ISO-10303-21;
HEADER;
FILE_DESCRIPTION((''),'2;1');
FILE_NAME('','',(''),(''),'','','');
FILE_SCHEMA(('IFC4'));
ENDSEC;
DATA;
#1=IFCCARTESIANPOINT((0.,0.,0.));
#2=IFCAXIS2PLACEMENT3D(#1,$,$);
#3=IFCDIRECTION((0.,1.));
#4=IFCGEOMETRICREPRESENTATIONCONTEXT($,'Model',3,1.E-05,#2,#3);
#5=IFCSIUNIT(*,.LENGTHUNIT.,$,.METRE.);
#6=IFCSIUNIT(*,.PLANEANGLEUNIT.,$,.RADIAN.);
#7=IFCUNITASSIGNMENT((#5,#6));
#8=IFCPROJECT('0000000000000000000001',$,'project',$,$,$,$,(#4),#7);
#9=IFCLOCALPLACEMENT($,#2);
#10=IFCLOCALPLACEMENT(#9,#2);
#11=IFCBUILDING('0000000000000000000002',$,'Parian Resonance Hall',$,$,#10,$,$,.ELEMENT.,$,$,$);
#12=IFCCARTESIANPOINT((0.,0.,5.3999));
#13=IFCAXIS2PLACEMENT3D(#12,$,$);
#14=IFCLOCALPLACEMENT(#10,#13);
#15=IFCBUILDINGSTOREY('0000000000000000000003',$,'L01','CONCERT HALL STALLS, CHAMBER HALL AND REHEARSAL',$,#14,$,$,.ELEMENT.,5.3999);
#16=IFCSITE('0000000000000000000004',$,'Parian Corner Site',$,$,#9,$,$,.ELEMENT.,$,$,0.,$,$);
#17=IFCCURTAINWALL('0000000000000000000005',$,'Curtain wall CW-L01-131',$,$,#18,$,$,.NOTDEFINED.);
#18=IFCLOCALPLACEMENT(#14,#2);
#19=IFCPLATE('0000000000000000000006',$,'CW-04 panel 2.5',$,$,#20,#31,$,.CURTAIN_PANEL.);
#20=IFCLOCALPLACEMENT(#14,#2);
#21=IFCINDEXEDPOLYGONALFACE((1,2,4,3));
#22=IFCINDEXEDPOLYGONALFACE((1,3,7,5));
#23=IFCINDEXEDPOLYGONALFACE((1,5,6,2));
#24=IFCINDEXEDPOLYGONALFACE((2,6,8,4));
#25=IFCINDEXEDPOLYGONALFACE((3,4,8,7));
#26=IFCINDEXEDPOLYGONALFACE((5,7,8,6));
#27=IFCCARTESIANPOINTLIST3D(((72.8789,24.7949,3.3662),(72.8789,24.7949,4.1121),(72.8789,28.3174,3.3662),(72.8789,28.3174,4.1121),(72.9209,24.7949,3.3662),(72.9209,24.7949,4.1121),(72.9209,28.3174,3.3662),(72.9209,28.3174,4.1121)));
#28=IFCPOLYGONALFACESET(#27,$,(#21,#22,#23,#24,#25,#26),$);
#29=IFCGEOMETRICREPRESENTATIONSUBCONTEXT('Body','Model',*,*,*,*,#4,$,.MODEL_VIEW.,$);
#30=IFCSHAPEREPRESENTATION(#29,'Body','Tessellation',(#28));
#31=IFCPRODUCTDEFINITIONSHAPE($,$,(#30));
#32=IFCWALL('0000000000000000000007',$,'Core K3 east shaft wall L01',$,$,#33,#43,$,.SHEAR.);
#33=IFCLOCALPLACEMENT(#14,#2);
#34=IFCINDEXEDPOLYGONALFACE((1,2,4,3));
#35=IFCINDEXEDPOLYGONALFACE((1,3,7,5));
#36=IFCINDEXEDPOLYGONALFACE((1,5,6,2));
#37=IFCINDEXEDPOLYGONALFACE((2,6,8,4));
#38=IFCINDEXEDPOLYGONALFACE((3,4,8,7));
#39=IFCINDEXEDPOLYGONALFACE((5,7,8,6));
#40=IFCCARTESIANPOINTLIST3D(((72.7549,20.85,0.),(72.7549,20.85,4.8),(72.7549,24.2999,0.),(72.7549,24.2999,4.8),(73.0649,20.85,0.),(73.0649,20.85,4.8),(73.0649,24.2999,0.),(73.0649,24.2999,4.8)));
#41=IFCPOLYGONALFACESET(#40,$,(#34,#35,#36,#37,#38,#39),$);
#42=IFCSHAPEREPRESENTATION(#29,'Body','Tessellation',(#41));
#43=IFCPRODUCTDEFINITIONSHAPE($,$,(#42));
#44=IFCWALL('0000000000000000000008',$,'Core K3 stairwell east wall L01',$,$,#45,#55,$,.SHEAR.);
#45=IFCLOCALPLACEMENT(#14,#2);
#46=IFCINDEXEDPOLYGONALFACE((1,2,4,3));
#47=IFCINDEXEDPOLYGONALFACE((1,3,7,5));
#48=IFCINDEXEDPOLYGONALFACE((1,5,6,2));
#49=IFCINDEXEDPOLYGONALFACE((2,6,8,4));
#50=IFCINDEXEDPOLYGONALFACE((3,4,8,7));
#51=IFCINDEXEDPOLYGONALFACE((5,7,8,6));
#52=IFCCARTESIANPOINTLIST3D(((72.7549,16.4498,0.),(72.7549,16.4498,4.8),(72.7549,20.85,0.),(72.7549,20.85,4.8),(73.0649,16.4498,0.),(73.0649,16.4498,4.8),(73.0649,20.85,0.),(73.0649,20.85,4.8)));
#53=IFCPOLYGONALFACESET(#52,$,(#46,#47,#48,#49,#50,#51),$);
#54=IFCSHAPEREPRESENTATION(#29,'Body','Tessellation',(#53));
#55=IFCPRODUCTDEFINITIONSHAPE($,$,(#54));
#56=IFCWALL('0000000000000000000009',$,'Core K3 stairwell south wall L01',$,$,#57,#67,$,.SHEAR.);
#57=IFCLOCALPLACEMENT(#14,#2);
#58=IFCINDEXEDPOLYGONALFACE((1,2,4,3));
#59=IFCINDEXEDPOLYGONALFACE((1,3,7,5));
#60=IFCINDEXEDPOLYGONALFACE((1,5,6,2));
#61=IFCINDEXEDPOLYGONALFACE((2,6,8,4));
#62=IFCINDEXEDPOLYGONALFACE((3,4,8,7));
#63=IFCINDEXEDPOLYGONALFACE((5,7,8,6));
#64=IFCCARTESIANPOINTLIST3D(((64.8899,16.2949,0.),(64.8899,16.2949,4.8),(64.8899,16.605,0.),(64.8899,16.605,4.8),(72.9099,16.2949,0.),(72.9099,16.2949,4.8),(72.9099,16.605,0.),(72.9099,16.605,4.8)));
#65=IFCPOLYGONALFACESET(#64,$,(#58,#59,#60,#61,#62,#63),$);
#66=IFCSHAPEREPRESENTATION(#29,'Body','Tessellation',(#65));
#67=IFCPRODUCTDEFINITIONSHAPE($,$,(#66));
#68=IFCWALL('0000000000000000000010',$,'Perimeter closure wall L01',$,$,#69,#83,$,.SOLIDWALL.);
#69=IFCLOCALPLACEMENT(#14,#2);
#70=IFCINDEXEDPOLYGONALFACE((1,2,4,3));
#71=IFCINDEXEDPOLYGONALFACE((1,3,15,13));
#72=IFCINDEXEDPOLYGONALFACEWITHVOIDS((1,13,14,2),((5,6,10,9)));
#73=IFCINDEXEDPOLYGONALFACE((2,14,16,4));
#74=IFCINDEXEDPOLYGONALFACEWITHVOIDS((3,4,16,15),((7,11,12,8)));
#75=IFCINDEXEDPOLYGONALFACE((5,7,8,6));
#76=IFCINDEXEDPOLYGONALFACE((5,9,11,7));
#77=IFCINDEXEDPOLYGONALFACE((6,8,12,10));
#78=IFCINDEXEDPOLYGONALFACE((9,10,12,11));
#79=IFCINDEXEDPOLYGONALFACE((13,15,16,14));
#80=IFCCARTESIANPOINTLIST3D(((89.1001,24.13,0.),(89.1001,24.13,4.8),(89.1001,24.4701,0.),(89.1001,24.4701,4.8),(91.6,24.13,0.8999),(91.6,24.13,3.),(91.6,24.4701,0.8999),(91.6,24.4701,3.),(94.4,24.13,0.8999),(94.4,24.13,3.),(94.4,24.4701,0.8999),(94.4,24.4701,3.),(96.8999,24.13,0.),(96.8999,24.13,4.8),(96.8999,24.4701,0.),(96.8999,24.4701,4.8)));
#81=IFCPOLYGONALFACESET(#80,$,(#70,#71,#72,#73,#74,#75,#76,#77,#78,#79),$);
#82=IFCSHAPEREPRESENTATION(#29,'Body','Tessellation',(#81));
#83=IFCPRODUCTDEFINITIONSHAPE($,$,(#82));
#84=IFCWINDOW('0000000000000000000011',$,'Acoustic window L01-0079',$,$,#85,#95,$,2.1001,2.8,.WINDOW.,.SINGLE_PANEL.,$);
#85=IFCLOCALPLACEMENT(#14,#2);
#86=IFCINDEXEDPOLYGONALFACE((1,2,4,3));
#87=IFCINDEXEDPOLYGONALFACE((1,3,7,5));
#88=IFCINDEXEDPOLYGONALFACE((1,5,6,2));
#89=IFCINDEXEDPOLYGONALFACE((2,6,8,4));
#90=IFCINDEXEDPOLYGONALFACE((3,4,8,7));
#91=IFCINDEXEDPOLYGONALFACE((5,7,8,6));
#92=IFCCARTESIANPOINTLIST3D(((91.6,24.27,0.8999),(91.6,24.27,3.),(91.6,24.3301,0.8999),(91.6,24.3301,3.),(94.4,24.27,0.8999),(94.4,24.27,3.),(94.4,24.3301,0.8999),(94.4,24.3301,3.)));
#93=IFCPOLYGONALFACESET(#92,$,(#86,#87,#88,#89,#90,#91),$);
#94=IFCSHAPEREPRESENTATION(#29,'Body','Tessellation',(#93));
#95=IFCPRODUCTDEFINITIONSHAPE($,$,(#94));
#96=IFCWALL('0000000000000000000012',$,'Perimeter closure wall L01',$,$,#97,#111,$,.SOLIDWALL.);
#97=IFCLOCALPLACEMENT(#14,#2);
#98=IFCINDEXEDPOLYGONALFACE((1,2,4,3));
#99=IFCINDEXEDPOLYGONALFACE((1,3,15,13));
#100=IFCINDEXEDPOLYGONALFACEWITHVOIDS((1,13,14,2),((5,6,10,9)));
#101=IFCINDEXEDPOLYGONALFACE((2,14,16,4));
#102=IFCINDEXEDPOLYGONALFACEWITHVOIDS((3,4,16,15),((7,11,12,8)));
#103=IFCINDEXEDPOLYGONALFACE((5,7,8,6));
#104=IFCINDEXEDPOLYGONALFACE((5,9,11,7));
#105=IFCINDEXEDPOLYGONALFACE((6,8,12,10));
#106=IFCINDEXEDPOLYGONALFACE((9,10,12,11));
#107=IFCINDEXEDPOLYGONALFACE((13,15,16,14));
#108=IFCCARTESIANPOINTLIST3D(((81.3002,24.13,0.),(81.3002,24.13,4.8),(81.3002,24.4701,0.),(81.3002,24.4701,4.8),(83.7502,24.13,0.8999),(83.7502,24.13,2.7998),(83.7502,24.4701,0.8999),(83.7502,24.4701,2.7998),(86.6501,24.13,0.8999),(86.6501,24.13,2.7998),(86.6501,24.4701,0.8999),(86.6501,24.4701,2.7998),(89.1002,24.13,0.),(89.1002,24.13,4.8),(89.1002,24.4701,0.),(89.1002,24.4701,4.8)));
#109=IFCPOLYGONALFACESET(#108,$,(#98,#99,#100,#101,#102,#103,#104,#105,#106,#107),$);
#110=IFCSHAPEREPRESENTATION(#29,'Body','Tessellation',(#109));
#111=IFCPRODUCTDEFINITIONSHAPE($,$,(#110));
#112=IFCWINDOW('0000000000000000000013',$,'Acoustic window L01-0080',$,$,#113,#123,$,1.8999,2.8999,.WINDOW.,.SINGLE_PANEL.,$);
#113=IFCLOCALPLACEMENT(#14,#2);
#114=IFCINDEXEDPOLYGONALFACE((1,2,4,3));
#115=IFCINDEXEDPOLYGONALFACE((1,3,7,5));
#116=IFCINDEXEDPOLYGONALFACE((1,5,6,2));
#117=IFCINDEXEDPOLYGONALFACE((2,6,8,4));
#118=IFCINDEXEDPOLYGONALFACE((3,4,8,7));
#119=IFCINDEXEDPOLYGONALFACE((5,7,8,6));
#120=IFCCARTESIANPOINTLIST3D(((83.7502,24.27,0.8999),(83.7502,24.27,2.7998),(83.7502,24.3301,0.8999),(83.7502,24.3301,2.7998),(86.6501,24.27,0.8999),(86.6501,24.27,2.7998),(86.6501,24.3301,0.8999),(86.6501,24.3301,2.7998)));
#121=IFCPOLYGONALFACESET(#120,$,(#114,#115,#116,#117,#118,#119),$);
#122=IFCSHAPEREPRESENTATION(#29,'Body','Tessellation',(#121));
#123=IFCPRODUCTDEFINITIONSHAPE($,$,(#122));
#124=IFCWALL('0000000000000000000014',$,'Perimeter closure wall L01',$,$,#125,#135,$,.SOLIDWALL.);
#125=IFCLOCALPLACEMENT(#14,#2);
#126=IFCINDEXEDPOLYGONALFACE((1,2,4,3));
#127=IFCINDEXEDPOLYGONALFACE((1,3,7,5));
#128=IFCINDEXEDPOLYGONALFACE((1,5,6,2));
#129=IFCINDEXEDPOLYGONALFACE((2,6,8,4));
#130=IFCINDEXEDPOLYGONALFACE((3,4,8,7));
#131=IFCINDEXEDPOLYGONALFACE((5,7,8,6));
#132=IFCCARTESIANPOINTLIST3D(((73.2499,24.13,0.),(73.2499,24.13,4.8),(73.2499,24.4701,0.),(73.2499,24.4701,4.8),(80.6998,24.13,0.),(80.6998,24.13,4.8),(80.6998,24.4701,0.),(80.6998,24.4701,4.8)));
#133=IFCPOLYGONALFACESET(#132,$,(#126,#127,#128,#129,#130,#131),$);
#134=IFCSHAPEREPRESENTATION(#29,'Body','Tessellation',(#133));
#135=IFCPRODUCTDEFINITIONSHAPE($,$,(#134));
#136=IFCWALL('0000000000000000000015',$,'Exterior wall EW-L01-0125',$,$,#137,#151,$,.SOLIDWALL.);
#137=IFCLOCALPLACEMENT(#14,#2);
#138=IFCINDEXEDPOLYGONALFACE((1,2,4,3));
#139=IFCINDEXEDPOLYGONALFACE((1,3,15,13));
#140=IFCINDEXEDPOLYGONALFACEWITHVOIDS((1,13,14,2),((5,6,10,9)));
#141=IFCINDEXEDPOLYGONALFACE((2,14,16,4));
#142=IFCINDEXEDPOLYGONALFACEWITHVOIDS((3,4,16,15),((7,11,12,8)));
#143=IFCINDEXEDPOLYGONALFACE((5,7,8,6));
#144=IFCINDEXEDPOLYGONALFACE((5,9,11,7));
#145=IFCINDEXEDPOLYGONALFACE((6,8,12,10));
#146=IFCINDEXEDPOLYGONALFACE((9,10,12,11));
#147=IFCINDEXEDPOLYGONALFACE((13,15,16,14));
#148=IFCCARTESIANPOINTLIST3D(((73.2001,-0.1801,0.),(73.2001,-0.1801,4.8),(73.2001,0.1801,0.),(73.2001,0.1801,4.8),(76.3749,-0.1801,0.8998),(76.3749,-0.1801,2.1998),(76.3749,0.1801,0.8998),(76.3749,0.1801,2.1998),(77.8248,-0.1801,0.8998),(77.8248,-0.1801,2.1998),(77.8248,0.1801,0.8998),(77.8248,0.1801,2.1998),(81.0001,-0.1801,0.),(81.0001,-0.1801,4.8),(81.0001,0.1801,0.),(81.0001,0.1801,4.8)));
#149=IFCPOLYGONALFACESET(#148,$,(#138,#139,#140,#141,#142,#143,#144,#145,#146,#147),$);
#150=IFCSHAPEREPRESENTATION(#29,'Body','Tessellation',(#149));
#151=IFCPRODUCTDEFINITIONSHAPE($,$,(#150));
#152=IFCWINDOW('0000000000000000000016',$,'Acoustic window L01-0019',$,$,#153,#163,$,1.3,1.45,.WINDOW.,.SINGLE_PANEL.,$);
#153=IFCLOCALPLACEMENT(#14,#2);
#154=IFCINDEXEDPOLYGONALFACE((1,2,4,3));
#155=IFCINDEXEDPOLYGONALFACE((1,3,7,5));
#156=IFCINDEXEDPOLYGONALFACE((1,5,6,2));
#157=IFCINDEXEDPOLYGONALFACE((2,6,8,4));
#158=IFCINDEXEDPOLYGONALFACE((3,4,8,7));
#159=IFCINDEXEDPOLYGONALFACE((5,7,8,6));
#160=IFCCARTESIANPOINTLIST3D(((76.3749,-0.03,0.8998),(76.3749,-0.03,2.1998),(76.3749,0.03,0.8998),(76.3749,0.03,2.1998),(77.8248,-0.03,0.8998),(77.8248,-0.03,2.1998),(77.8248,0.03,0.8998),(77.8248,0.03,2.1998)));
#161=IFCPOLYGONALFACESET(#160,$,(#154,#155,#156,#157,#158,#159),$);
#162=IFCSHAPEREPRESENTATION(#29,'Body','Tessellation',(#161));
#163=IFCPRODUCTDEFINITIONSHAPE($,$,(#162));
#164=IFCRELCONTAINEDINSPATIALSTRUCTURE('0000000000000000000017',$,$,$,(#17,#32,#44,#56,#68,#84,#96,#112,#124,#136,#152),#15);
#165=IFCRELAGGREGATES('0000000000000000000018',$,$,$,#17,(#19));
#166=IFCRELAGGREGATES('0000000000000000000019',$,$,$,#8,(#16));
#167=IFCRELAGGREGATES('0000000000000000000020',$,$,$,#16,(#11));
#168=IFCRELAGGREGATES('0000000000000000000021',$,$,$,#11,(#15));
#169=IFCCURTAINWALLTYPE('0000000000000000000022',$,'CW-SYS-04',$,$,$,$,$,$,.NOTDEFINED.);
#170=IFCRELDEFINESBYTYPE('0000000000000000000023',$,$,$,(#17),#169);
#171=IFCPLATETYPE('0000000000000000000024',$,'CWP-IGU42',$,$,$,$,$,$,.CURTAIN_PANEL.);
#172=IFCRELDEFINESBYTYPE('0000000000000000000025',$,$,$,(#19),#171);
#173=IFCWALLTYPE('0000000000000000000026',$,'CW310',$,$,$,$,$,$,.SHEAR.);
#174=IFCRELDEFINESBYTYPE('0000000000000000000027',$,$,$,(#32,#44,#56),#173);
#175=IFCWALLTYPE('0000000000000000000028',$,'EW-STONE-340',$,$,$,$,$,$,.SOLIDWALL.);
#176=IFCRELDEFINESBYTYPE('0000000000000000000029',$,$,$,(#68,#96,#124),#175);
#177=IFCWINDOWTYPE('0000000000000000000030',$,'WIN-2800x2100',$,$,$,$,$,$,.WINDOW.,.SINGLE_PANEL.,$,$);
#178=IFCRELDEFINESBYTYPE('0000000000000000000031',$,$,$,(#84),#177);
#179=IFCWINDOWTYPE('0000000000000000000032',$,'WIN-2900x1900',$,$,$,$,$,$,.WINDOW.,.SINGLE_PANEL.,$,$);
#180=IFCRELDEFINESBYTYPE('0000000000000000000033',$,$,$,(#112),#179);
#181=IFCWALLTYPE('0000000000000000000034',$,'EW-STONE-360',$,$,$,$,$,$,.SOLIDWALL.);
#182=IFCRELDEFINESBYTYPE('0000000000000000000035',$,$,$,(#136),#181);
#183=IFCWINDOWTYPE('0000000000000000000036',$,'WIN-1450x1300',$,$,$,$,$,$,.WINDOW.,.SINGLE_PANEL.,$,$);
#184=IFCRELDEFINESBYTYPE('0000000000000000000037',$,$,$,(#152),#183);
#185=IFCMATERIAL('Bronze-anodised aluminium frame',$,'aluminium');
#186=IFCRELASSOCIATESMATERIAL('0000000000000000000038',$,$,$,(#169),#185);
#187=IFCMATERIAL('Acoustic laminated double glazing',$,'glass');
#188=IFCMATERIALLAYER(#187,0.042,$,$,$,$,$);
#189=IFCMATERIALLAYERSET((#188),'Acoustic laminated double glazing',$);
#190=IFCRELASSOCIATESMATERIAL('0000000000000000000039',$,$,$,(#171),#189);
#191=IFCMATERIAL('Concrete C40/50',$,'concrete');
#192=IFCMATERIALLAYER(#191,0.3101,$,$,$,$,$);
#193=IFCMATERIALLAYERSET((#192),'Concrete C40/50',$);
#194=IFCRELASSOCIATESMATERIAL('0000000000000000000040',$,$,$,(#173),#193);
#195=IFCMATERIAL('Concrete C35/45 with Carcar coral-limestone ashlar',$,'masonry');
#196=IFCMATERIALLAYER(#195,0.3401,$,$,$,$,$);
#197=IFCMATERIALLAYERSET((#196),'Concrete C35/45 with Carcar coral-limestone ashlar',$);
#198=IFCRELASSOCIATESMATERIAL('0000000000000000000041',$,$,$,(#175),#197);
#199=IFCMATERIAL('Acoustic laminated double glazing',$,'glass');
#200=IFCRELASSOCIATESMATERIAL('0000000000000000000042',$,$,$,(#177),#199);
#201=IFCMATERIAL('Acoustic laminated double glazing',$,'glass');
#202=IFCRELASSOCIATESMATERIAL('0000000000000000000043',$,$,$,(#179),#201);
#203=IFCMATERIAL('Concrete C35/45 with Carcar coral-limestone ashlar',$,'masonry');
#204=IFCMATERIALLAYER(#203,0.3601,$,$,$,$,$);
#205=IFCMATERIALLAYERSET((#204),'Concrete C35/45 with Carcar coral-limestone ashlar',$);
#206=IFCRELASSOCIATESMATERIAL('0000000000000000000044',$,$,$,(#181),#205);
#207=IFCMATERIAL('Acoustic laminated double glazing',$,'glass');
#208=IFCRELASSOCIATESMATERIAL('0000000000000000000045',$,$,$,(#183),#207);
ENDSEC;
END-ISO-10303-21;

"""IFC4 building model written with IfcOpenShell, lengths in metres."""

from ifc_helpers import new_model, si_unit, direction, frame, frame_2d, origin, origin_2d, place, context, subcontext, project, spatial, rectangle, extrude, material, layer, layer_set, type_object, element, fill, aggregate, save


model = new_model("IFC4")

# Units and contexts
model_context = context("Model", 3, precision=1e-05, world=origin(), true_north=direction((0.0, 1.0)))
body_context = subcontext(model_context, "Body", "Model", "MODEL_VIEW")
ifc_project = project(units=[si_unit("LENGTHUNIT", "METRE"), si_unit("PLANEANGLEUNIT", "RADIAN")], contexts=[model_context])

# Site, building, storey
site_placement = place(None, origin())
site = spatial("IfcSite", under=ifc_project, at=site_placement, Name="Parian Corner Site", CompositionType="ELEMENT", RefElevation=0.0)
building_placement = place(site_placement, origin())
building = spatial("IfcBuilding", under=site, at=building_placement, Name="Parian Resonance Hall", CompositionType="ELEMENT")
storey_placement = place(building_placement, frame((0.0, 0.0, 5.3999)))
storey = spatial("IfcBuildingStorey", under=building, at=storey_placement, Name="L01", Description="CONCERT HALL STALLS, CHAMBER HALL AND REHEARSAL", CompositionType="ELEMENT", Elevation=5.3999)

# Curtain wall, plate
ifc_material_1 = material(Name="Bronze-anodised aluminium frame", Category="aluminium")
curtain_wall_type = type_object("IfcCurtainWallType", Name="CW-SYS-04", PredefinedType="NOTDEFINED", material=ifc_material_1)
curtain_wall_placement = place(storey_placement, origin())
curtain_wall = element("IfcCurtainWall", 1, at=curtain_wall_placement, inside=storey, type_object=curtain_wall_type, Name="Curtain wall CW-L01-131", PredefinedType="NOTDEFINED")
ifc_material_2 = material(Name="Acoustic laminated double glazing", Category="glass")
ifc_layer_1 = layer(ifc_material_2, 0.042)
ifc_layer_set_1 = layer_set([ifc_layer_1], Name="Acoustic laminated double glazing")
plate_type = type_object("IfcPlateType", Name="CWP-IGU42", PredefinedType="CURTAIN_PANEL", material=ifc_layer_set_1)
plate_1_placement = place(storey_placement, frame((72.8999, 26.5562, 3.3662), z_axis=(0.0, 0.0, 1.0), x_axis=(0.0, -1.0, 0.0)))
plate_1 = element("IfcPlate", 2, at=plate_1_placement, type_object=plate_type, Name="CW-04 panel 2.5", PredefinedType="CURTAIN_PANEL", context=body_context, shape_type="SweptSolid", body=[
    extrude(rectangle(XDim=3.5225, YDim=0.042, at=origin_2d()), origin(), (0.0, 0.0, 1.0), 0.7458),
])
aggregate(curtain_wall, [plate_1])

# Walls
ifc_material_3 = material(Name="Concrete C40/50", Category="concrete")
ifc_layer_2 = layer(ifc_material_3, 0.3101)
ifc_layer_set_2 = layer_set([ifc_layer_2], Name="Concrete C40/50")
wall_type_1 = type_object("IfcWallType", Name="CW310", PredefinedType="SHEAR", material=ifc_layer_set_2)
wall_1_placement = place(storey_placement, frame((72.9099, 24.3, 0.0), z_axis=(0.0, 0.0, 1.0), x_axis=(0.0, -1.0, 0.0)))
element("IfcWall", 3, at=wall_1_placement, inside=storey, type_object=wall_type_1, Name="Core K3 east shaft wall L01", PredefinedType="SHEAR", context=body_context, shape_type="SweptSolid", body=[
    extrude(rectangle(XDim=3.45, YDim=0.3101, at=frame_2d((1.7251, 0.0))), origin(), (0.0, 0.0, 1.0), 4.8),
])
wall_2_placement = place(storey_placement, frame((72.9099, 20.8501, 0.0), z_axis=(0.0, 0.0, 1.0), x_axis=(0.0, -1.0, 0.0)))
element("IfcWall", 4, at=wall_2_placement, inside=storey, type_object=wall_type_1, Name="Core K3 stairwell east wall L01", PredefinedType="SHEAR", context=body_context, shape_type="SweptSolid", body=[
    extrude(rectangle(XDim=4.4001, YDim=0.3101, at=frame_2d((2.2002, 0.0))), origin(), (0.0, 0.0, 1.0), 4.8),
])
wall_3_placement = place(storey_placement, frame((72.9099, 16.45, 0.0), z_axis=(0.0, 0.0, 1.0), x_axis=(-1.0, 0.0, 0.0)))
element("IfcWall", 5, at=wall_3_placement, inside=storey, type_object=wall_type_1, Name="Core K3 stairwell south wall L01", PredefinedType="SHEAR", context=body_context, shape_type="SweptSolid", body=[
    extrude(rectangle(XDim=8.02, YDim=0.3101, at=frame_2d((4.01, 0.0))), origin(), (0.0, 0.0, 1.0), 4.8),
])

# Walls, openings, windows
ifc_material_4 = material(Name="Concrete C35/45 with Carcar coral-limestone ashlar", Category="masonry")
ifc_layer_3 = layer(ifc_material_4, 0.3401)
ifc_layer_set_3 = layer_set([ifc_layer_3], Name="Concrete C35/45 with Carcar coral-limestone ashlar")
wall_type_2 = type_object("IfcWallType", Name="EW-STONE-340", PredefinedType="SOLIDWALL", material=ifc_layer_set_3)
wall_4_placement = place(storey_placement, frame((96.8999, 24.3, 0.0), z_axis=(0.0, 0.0, 1.0), x_axis=(-1.0, 0.0, 0.0)))
wall_4 = element("IfcWall", 6, at=wall_4_placement, inside=storey, type_object=wall_type_2, Name="Perimeter closure wall L01", PredefinedType="SOLIDWALL", context=body_context, shape_type="SweptSolid", body=[
    extrude(rectangle(XDim=7.7998, YDim=0.3401, at=frame_2d((3.8999, 0.0))), origin(), (0.0, 0.0, 1.0), 4.8),
])
opening_1_placement = place(wall_4_placement, frame((2.5, 0.0, 0.8999)))
opening_1 = element("IfcOpeningElement", 7, at=opening_1_placement, cuts=wall_4, PredefinedType="OPENING", context=body_context, shape_type="SweptSolid", body=[
    extrude(rectangle(XDim=2.8, YDim=2.1001, at=frame_2d((1.3999, 1.05))), frame((0.0, 0.1799, 0.0), z_axis=(0.0, -1.0, 0.0), x_axis=(1.0, 0.0, 0.0)), (0.0, 0.0, 1.0), 0.3601),
])
ifc_material_5 = material(Name="Acoustic laminated double glazing", Category="glass")
window_type_1 = type_object("IfcWindowType", Name="WIN-2800x2100", PartitioningType="SINGLE_PANEL", PredefinedType="WINDOW", material=ifc_material_5)
window_1_placement = place(opening_1_placement, origin())
window_1 = element("IfcWindow", 8, at=window_1_placement, inside=storey, type_object=window_type_1, Name="Acoustic window L01-0079", OverallHeight=2.1001, OverallWidth=2.8, PartitioningType="SINGLE_PANEL", PredefinedType="WINDOW", context=body_context, shape_type="SweptSolid", body=[
    extrude(rectangle(XDim=2.8, YDim=2.1001, at=frame_2d((1.3999, 1.05))), frame((0.0, 0.03, 0.0), z_axis=(0.0, -1.0, 0.0), x_axis=(1.0, 0.0, 0.0)), (0.0, 0.0, 1.0), 0.0601),
])
fill(opening_1, window_1)
wall_5_placement = place(storey_placement, frame((89.1001, 24.3, 0.0), z_axis=(0.0, 0.0, 1.0), x_axis=(-1.0, 0.0, 0.0)))
wall_5 = element("IfcWall", 9, at=wall_5_placement, inside=storey, type_object=wall_type_2, Name="Perimeter closure wall L01", PredefinedType="SOLIDWALL", context=body_context, shape_type="SweptSolid", body=[
    extrude(rectangle(XDim=7.8, YDim=0.3401, at=frame_2d((3.8999, 0.0))), origin(), (0.0, 0.0, 1.0), 4.8),
])
opening_2_placement = place(wall_5_placement, frame((2.45, 0.0, 0.8999)))
opening_2 = element("IfcOpeningElement", 10, at=opening_2_placement, cuts=wall_5, PredefinedType="OPENING", context=body_context, shape_type="SweptSolid", body=[
    extrude(rectangle(XDim=2.8999, YDim=1.8999, at=frame_2d((1.45, 0.95))), frame((0.0, 0.1799, 0.0), z_axis=(0.0, -1.0, 0.0), x_axis=(1.0, 0.0, 0.0)), (0.0, 0.0, 1.0), 0.3601),
])
ifc_material_6 = material(Name="Acoustic laminated double glazing", Category="glass")
window_type_2 = type_object("IfcWindowType", Name="WIN-2900x1900", PartitioningType="SINGLE_PANEL", PredefinedType="WINDOW", material=ifc_material_6)
window_2_placement = place(opening_2_placement, origin())
window_2 = element("IfcWindow", 11, at=window_2_placement, inside=storey, type_object=window_type_2, Name="Acoustic window L01-0080", OverallHeight=1.8999, OverallWidth=2.8999, PartitioningType="SINGLE_PANEL", PredefinedType="WINDOW", context=body_context, shape_type="SweptSolid", body=[
    extrude(rectangle(XDim=2.8999, YDim=1.8999, at=frame_2d((1.45, 0.95))), frame((0.0, 0.03, 0.0), z_axis=(0.0, -1.0, 0.0), x_axis=(1.0, 0.0, 0.0)), (0.0, 0.0, 1.0), 0.0601),
])
fill(opening_2, window_2)

# Wall
wall_6_placement = place(storey_placement, frame((80.7, 24.3, 0.0), z_axis=(0.0, 0.0, 1.0), x_axis=(-1.0, 0.0, 0.0)))
element("IfcWall", 12, at=wall_6_placement, inside=storey, type_object=wall_type_2, Name="Perimeter closure wall L01", PredefinedType="SOLIDWALL", context=body_context, shape_type="SweptSolid", body=[
    extrude(rectangle(XDim=7.45, YDim=0.3401, at=frame_2d((3.7251, 0.0))), origin(), (0.0, 0.0, 1.0), 4.8),
])

# Wall, opening, window
ifc_material_7 = material(Name="Concrete C35/45 with Carcar coral-limestone ashlar", Category="masonry")
ifc_layer_4 = layer(ifc_material_7, 0.3601)
ifc_layer_set_4 = layer_set([ifc_layer_4], Name="Concrete C35/45 with Carcar coral-limestone ashlar")
wall_type_3 = type_object("IfcWallType", Name="EW-STONE-360", PredefinedType="SOLIDWALL", material=ifc_layer_set_4)
wall_7_placement = place(storey_placement, frame((81.0, 0.0, 0.0), z_axis=(0.0, 0.0, 1.0), x_axis=(-1.0, 0.0, 0.0)))
wall_7 = element("IfcWall", 13, at=wall_7_placement, inside=storey, type_object=wall_type_3, Name="Exterior wall EW-L01-0125", PredefinedType="SOLIDWALL", context=body_context, shape_type="SweptSolid", body=[
    extrude(rectangle(XDim=7.8, YDim=0.3601, at=frame_2d((3.8999, 0.0))), origin(), (0.0, 0.0, 1.0), 4.8),
])
opening_3_placement = place(wall_7_placement, frame((3.175, 0.0, 0.8999)))
opening_3 = element("IfcOpeningElement", 14, at=opening_3_placement, cuts=wall_7, PredefinedType="OPENING", context=body_context, shape_type="SweptSolid", body=[
    extrude(rectangle(XDim=1.45, YDim=1.3, at=frame_2d((0.7251, 0.6499))), frame((0.0, 0.1899, 0.0), z_axis=(0.0, -1.0, 0.0), x_axis=(1.0, 0.0, 0.0)), (0.0, 0.0, 1.0), 0.3801),
])
ifc_material_8 = material(Name="Acoustic laminated double glazing", Category="glass")
window_type_3 = type_object("IfcWindowType", Name="WIN-1450x1300", PartitioningType="SINGLE_PANEL", PredefinedType="WINDOW", material=ifc_material_8)
window_3_placement = place(opening_3_placement, origin())
window_3 = element("IfcWindow", 15, at=window_3_placement, inside=storey, type_object=window_type_3, Name="Acoustic window L01-0019", OverallHeight=1.3, OverallWidth=1.45, PartitioningType="SINGLE_PANEL", PredefinedType="WINDOW", context=body_context, shape_type="SweptSolid", body=[
    extrude(rectangle(XDim=1.45, YDim=1.3, at=frame_2d((0.7251, 0.6499))), frame((0.0, 0.03, 0.0), z_axis=(0.0, -1.0, 0.0), x_axis=(1.0, 0.0, 0.0)), (0.0, 0.0, 1.0), 0.0601),
])
fill(opening_3, window_3)

save(model, "model.ifc")
